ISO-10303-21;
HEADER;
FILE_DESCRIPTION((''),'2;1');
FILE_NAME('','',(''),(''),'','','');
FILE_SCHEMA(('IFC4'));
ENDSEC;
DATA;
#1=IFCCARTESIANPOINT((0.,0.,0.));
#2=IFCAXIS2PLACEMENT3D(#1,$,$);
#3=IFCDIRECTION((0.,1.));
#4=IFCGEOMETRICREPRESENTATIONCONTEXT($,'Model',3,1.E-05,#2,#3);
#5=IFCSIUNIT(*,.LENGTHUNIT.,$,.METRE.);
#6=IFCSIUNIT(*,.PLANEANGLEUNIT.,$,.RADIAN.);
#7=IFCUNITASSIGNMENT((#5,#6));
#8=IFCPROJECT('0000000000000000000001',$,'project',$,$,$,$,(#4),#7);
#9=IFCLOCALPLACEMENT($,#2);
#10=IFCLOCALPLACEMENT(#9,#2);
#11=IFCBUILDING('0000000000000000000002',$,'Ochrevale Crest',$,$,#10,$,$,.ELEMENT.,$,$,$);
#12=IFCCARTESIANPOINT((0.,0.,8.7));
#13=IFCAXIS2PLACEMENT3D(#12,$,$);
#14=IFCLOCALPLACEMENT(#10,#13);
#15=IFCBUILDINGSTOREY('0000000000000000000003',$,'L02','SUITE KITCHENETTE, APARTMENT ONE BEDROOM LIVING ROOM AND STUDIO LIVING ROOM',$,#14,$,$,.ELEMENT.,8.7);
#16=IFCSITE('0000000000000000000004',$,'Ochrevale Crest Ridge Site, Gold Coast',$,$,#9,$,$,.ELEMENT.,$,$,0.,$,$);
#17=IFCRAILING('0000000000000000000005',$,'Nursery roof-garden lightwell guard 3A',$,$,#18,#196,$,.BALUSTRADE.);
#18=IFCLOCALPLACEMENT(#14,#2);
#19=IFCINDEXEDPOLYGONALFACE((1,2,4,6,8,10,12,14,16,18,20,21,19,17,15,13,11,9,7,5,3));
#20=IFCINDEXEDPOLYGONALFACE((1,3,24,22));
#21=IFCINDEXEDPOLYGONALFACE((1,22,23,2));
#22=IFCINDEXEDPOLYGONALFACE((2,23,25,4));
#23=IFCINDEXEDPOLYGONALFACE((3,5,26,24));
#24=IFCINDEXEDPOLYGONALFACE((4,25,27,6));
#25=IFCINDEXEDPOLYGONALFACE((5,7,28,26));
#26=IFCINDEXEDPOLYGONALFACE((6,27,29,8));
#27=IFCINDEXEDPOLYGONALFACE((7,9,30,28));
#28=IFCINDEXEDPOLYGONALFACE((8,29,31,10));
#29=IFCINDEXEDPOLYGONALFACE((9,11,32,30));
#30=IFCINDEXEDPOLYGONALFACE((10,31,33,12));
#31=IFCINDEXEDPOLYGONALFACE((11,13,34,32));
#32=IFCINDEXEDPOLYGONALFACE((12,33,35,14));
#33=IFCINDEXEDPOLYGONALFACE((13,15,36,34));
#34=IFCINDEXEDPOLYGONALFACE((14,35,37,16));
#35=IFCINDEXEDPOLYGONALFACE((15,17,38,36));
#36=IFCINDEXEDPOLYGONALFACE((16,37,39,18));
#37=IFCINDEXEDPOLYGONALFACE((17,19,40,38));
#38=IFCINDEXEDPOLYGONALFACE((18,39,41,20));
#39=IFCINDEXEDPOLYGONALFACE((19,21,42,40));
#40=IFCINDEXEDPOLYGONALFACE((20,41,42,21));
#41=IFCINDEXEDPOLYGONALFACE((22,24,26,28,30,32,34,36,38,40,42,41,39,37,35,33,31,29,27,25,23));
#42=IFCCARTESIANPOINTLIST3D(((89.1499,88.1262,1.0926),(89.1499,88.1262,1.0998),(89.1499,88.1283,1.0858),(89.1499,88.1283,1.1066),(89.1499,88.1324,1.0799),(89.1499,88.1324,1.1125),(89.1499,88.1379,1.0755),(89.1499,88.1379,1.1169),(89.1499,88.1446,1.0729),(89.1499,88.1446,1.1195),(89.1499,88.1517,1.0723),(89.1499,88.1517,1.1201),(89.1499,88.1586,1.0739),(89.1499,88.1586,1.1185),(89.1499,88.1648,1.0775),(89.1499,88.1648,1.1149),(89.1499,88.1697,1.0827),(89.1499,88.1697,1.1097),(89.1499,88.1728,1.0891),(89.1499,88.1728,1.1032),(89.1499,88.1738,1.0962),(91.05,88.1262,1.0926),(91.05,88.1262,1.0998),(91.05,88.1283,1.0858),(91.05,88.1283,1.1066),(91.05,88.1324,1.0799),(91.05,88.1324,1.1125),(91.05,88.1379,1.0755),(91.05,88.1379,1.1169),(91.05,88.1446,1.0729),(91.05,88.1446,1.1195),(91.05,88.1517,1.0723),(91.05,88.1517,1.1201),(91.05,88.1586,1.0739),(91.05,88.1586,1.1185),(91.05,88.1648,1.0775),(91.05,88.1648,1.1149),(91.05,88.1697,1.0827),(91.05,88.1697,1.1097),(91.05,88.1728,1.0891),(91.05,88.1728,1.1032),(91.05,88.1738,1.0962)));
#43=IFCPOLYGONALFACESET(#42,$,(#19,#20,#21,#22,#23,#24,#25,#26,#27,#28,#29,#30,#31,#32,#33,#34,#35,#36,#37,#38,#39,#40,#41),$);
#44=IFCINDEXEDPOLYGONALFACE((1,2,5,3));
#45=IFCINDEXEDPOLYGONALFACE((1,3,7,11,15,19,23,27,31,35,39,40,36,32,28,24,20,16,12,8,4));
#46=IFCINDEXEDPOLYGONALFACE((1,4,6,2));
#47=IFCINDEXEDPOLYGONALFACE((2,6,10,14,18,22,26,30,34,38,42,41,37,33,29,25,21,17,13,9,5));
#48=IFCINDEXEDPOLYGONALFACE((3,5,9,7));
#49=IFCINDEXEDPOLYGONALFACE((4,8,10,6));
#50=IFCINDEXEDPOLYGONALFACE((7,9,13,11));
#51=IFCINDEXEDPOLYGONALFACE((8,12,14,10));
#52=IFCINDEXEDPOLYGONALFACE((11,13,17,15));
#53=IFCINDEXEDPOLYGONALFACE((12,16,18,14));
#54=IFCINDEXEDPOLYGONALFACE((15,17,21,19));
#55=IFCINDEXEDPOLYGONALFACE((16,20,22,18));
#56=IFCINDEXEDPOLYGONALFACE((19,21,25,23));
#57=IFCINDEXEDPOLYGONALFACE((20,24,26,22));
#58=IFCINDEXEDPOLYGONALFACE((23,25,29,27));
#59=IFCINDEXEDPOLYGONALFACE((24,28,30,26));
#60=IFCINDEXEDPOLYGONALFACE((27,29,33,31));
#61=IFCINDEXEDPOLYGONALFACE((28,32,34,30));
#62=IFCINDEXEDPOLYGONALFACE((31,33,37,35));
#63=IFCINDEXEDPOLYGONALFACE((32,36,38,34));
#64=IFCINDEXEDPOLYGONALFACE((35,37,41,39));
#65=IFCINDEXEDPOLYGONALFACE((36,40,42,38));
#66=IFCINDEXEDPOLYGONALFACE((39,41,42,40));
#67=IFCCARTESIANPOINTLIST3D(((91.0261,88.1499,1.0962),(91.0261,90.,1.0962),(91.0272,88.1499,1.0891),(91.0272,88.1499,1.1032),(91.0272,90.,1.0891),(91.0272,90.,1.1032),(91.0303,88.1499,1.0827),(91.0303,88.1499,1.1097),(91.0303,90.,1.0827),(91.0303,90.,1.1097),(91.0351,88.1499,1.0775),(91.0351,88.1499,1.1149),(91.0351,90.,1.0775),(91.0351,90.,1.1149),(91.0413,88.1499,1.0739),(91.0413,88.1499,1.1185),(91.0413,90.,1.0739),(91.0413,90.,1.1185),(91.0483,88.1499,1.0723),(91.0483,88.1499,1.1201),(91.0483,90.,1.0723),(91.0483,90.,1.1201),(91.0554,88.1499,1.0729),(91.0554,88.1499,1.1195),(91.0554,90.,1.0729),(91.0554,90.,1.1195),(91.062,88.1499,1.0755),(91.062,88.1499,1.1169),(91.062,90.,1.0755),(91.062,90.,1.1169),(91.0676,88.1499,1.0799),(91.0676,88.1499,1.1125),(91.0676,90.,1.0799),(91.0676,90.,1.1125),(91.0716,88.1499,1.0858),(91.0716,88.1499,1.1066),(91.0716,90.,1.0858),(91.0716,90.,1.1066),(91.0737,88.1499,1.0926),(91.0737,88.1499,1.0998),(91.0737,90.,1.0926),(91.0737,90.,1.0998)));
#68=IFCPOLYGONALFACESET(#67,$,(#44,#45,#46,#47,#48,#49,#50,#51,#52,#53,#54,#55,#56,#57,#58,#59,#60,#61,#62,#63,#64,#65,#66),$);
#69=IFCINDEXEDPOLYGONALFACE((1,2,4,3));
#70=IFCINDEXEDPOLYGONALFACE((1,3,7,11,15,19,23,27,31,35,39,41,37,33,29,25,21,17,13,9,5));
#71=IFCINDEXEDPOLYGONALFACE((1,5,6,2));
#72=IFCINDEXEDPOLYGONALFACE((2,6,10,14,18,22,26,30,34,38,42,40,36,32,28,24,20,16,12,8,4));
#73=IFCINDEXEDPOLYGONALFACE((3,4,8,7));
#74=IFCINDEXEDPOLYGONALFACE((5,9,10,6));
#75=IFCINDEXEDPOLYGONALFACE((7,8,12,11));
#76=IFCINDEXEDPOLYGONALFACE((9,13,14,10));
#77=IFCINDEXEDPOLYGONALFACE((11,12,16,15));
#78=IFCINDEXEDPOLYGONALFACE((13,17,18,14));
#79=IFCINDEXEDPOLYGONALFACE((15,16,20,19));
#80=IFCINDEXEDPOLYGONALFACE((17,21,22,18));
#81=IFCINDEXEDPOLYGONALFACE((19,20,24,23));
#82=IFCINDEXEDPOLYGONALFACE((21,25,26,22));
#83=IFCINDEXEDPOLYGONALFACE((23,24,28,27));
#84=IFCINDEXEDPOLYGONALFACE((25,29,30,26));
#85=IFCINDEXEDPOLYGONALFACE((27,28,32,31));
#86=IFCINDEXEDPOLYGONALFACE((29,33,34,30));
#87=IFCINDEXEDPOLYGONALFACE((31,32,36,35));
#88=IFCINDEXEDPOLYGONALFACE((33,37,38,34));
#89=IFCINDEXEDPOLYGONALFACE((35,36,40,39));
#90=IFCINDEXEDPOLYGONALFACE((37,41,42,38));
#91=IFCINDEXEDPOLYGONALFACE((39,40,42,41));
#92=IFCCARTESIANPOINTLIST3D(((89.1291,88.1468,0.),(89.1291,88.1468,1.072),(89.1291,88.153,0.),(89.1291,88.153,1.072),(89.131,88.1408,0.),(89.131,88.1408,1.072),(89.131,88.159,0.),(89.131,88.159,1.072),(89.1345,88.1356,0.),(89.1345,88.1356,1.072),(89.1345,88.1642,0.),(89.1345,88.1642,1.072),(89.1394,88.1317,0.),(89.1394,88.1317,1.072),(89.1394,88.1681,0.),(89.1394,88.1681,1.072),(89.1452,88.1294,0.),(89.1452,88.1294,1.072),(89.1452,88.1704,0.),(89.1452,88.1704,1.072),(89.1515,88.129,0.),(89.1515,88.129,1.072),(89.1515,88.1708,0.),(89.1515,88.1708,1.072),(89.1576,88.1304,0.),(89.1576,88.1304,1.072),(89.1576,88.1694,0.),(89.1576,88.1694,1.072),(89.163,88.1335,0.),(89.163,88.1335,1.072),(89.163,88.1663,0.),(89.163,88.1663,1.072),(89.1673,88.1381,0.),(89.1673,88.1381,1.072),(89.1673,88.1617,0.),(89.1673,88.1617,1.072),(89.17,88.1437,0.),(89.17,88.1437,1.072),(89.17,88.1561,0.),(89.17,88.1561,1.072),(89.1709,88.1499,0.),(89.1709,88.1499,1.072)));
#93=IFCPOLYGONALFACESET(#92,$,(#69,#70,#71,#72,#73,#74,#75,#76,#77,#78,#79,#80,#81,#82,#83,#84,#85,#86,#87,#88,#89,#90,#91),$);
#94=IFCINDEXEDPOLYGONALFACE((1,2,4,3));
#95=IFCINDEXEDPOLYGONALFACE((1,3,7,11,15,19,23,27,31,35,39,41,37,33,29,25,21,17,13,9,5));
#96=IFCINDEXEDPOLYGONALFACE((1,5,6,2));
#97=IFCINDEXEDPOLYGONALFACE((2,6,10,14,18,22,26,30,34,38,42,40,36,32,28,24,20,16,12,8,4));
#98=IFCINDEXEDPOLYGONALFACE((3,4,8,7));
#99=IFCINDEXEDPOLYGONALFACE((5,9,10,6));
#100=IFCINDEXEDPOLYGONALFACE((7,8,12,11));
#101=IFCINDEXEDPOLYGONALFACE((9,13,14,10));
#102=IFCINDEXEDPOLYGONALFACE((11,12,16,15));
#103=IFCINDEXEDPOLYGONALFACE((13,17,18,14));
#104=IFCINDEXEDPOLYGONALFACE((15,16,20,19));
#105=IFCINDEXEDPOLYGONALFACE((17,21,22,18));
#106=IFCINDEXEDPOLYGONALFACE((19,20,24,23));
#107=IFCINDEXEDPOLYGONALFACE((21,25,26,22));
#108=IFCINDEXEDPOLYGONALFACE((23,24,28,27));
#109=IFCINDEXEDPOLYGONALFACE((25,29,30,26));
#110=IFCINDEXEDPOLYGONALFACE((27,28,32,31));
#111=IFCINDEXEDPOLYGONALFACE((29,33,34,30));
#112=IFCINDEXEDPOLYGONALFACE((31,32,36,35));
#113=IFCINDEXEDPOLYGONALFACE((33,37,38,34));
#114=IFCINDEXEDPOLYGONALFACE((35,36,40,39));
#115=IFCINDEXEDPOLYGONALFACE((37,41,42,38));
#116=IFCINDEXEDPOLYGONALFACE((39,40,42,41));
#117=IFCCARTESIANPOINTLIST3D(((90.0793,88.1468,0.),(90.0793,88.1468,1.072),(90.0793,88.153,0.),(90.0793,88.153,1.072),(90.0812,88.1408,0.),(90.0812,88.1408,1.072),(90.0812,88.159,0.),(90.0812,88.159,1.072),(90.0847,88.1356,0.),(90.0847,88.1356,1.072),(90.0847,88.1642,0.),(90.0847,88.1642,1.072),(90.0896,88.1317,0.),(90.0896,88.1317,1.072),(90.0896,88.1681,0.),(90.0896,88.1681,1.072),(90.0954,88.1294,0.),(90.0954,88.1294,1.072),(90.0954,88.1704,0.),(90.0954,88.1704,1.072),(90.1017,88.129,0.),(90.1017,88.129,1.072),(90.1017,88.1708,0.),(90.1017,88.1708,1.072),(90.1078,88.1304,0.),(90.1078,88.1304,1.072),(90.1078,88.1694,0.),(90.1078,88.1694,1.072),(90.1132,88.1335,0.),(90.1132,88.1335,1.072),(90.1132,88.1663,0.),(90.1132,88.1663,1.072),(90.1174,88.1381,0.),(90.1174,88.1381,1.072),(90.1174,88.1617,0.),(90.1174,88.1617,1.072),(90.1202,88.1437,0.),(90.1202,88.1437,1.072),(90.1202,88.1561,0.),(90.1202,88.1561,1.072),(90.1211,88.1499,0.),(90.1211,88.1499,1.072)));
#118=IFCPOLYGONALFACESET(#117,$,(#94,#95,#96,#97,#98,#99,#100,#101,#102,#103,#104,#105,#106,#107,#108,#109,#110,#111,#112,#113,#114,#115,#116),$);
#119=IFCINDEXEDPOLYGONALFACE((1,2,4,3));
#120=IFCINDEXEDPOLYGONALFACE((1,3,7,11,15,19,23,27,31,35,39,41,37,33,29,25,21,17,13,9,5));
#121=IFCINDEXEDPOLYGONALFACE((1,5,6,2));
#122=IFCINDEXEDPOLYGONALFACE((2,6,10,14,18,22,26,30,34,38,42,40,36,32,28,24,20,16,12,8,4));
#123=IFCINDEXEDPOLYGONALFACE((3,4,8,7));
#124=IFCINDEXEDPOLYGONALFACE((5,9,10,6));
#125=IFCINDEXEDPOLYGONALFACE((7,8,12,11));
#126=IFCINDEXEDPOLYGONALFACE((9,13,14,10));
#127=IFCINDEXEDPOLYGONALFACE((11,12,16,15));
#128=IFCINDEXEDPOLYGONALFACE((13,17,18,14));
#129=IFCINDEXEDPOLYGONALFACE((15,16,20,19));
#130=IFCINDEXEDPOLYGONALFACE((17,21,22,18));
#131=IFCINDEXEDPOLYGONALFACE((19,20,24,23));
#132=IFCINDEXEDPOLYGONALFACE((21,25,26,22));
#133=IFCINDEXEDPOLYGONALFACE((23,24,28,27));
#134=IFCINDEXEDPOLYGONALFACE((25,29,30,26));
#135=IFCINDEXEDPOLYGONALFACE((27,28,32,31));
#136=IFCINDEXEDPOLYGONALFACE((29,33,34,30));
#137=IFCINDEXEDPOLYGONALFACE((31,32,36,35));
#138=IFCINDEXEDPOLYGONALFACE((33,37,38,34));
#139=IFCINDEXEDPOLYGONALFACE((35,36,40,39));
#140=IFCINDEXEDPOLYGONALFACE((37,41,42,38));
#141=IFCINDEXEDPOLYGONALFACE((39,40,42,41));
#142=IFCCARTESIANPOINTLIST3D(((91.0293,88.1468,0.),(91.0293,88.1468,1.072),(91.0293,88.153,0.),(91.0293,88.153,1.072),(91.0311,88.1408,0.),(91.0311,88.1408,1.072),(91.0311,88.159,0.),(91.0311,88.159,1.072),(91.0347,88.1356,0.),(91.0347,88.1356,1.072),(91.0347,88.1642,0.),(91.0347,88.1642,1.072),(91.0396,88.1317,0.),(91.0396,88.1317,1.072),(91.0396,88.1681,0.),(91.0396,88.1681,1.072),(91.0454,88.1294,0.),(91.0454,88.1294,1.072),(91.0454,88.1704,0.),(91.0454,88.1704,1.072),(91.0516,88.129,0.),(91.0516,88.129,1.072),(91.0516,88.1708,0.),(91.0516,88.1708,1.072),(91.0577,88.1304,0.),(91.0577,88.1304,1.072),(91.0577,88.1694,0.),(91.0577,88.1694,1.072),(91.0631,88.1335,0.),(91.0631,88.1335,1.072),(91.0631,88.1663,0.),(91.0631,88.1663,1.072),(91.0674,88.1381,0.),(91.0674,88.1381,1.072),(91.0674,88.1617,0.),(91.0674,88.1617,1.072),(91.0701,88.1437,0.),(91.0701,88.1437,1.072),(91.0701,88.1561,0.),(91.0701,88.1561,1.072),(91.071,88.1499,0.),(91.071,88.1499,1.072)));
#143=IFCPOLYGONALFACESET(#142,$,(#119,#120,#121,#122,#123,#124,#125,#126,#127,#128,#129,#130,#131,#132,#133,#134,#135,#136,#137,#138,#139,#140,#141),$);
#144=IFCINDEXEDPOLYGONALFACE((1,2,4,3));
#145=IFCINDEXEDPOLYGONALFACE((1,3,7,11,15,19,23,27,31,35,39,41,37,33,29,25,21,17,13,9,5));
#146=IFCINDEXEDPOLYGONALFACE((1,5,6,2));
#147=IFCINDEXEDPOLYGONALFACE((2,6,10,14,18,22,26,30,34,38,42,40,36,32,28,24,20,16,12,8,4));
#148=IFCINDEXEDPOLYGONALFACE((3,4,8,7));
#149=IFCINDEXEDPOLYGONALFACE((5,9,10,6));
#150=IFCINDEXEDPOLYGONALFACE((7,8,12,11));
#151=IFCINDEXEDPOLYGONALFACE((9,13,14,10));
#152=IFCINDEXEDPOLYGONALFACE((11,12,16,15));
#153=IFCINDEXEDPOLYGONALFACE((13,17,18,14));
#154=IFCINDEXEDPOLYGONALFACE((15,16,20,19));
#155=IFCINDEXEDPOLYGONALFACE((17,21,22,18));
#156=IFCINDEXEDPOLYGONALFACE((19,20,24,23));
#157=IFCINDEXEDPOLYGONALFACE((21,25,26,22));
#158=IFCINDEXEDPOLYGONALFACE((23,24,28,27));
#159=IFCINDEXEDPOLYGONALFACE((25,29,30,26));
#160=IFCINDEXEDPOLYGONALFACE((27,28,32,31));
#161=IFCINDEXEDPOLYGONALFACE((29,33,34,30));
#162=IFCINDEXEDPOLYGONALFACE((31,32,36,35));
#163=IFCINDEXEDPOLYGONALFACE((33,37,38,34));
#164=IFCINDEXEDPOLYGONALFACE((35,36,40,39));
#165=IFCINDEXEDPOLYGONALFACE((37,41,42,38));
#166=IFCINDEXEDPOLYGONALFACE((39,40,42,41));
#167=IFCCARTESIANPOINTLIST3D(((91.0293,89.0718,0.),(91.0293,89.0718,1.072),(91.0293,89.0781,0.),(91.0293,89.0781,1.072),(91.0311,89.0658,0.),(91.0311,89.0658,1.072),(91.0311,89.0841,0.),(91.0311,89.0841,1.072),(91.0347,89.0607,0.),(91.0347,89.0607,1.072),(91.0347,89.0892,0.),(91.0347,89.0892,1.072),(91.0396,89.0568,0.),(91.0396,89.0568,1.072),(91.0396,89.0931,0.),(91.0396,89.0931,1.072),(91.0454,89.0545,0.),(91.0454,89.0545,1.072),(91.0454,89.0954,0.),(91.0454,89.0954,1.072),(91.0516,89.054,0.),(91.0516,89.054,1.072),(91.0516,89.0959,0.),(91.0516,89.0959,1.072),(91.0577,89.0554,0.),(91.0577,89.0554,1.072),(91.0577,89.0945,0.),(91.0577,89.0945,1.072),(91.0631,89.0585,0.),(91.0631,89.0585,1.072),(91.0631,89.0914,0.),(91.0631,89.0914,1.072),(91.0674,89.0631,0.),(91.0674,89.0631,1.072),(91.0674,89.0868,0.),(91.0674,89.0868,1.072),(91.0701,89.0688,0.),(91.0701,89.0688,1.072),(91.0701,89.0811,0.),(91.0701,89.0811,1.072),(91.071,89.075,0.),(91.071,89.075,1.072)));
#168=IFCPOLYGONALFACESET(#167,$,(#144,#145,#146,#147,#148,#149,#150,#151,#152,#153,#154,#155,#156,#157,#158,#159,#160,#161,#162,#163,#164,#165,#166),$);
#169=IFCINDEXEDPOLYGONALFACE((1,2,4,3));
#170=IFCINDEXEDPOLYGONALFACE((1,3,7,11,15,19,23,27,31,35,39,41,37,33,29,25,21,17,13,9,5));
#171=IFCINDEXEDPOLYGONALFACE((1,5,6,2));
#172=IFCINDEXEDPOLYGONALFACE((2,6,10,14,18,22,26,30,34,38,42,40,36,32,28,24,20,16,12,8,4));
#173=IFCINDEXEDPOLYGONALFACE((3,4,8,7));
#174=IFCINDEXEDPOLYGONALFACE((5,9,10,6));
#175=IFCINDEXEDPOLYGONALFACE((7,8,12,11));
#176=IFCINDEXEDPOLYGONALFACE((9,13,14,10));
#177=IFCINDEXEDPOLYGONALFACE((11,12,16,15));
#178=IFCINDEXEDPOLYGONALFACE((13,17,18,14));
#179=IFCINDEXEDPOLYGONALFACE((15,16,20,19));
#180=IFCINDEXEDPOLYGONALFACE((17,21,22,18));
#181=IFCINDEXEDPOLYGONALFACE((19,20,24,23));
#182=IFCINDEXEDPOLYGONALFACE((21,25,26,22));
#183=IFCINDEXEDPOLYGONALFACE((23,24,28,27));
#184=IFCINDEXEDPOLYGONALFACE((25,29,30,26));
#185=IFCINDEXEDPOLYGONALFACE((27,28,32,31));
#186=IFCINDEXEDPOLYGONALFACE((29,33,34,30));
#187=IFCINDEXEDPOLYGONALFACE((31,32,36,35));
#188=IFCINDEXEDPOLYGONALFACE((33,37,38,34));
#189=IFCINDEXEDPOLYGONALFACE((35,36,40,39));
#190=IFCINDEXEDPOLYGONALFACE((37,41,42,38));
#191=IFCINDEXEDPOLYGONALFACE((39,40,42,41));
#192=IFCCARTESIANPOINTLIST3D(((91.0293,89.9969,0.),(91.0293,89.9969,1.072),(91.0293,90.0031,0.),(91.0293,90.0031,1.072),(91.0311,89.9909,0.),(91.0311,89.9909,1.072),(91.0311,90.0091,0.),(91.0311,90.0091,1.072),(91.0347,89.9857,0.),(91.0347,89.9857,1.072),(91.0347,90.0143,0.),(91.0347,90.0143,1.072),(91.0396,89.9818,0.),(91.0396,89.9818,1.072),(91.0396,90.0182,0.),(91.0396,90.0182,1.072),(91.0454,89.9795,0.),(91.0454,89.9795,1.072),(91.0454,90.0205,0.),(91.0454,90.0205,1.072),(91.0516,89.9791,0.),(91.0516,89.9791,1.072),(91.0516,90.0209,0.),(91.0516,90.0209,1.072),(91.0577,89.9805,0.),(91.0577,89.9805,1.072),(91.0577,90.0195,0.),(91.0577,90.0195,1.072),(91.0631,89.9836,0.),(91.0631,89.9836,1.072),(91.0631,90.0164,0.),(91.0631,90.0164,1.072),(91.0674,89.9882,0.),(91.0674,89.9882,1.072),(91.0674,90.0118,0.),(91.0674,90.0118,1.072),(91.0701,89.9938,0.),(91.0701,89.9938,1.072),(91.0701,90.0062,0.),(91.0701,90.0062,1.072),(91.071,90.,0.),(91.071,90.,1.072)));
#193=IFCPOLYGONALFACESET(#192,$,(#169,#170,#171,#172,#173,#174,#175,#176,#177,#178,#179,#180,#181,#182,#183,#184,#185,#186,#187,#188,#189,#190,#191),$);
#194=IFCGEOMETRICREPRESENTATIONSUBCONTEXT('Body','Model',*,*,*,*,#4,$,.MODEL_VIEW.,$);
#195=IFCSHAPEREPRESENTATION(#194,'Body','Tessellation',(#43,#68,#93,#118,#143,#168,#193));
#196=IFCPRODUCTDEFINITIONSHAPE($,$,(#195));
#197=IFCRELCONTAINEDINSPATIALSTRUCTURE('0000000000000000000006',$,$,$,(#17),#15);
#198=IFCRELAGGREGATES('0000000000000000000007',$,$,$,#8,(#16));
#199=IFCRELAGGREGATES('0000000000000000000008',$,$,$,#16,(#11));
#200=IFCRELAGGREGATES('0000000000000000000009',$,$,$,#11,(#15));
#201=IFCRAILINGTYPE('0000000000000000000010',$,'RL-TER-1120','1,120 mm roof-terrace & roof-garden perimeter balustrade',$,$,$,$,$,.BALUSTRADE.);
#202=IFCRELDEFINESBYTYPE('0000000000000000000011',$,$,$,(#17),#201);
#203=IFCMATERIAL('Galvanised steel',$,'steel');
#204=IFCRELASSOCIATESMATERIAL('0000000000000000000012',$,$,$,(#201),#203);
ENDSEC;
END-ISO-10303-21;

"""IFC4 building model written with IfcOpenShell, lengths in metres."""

from ifc_helpers import new_model, si_unit, direction, frame, origin, origin_2d, place, context, subcontext, project, spatial, circle, extrude, material, type_object, element, save


model = new_model("IFC4")

# Units and contexts
model_context = context("Model", 3, precision=1e-05, world=origin(), true_north=direction((0.0, 1.0)))
body_context = subcontext(model_context, "Body", "Model", "MODEL_VIEW")
ifc_project = project(units=[si_unit("LENGTHUNIT", "METRE"), si_unit("PLANEANGLEUNIT", "RADIAN")], contexts=[model_context])

# Site, building, storey
site_placement = place(None, origin())
site = spatial("IfcSite", under=ifc_project, at=site_placement, Name="Ochrevale Crest Ridge Site, Gold Coast", CompositionType="ELEMENT", RefElevation=0.0)
building_placement = place(site_placement, origin())
building = spatial("IfcBuilding", under=site, at=building_placement, Name="Ochrevale Crest", CompositionType="ELEMENT")
storey_placement = place(building_placement, frame((0.0, 0.0, 8.7)))
storey = spatial("IfcBuildingStorey", under=building, at=storey_placement, Name="L02", Description="SUITE KITCHENETTE, APARTMENT ONE BEDROOM LIVING ROOM AND STUDIO LIVING ROOM", CompositionType="ELEMENT", Elevation=8.7)

# Railing
ifc_material_1 = material(Name="Galvanised steel", Category="steel")
railing_type = type_object("IfcRailingType", Name="RL-TER-1120", Description="1,120 mm roof-terrace & roof-garden perimeter balustrade", PredefinedType="BALUSTRADE", material=ifc_material_1)
railing_1_placement = place(storey_placement, frame((89.1499, 88.1499, 0.0)))
element("IfcRailing", 1, at=railing_1_placement, inside=storey, type_object=railing_type, Name="Nursery roof-garden lightwell guard 3A", PredefinedType="BALUSTRADE", context=body_context, shape_type="SweptSolid", body=[
    extrude(circle(Radius=0.0239, at=origin_2d()), frame((0.0, 0.0, 1.0962), z_axis=(1.0, 0.0, 0.0), x_axis=(0.0, 1.0, 0.0)), (0.0, 0.0, 1.0), 1.9001),
    extrude(circle(Radius=0.0239, at=origin_2d()), frame((1.9001, 0.0, 1.0962), z_axis=(0.0, 1.0, 0.0), x_axis=(-1.0, 0.0, 0.0)), (0.0, 0.0, 1.0), 1.8501),
    extrude(circle(Radius=0.021, at=origin_2d()), origin(), (0.0, 0.0, 1.0), 1.072),
    extrude(circle(Radius=0.021, at=origin_2d()), frame((0.9502, 0.0, 0.0)), (0.0, 0.0, 1.0), 1.072),
    extrude(circle(Radius=0.021, at=origin_2d()), frame((1.9001, 0.0, 0.0)), (0.0, 0.0, 1.0), 1.072),
    extrude(circle(Radius=0.021, at=origin_2d()), frame((1.9001, 0.925, 0.0)), (0.0, 0.0, 1.0), 1.072),
    extrude(circle(Radius=0.021, at=origin_2d()), frame((1.9001, 1.8501, 0.0)), (0.0, 0.0, 1.0), 1.072),
])

save(model, "model.ifc")
